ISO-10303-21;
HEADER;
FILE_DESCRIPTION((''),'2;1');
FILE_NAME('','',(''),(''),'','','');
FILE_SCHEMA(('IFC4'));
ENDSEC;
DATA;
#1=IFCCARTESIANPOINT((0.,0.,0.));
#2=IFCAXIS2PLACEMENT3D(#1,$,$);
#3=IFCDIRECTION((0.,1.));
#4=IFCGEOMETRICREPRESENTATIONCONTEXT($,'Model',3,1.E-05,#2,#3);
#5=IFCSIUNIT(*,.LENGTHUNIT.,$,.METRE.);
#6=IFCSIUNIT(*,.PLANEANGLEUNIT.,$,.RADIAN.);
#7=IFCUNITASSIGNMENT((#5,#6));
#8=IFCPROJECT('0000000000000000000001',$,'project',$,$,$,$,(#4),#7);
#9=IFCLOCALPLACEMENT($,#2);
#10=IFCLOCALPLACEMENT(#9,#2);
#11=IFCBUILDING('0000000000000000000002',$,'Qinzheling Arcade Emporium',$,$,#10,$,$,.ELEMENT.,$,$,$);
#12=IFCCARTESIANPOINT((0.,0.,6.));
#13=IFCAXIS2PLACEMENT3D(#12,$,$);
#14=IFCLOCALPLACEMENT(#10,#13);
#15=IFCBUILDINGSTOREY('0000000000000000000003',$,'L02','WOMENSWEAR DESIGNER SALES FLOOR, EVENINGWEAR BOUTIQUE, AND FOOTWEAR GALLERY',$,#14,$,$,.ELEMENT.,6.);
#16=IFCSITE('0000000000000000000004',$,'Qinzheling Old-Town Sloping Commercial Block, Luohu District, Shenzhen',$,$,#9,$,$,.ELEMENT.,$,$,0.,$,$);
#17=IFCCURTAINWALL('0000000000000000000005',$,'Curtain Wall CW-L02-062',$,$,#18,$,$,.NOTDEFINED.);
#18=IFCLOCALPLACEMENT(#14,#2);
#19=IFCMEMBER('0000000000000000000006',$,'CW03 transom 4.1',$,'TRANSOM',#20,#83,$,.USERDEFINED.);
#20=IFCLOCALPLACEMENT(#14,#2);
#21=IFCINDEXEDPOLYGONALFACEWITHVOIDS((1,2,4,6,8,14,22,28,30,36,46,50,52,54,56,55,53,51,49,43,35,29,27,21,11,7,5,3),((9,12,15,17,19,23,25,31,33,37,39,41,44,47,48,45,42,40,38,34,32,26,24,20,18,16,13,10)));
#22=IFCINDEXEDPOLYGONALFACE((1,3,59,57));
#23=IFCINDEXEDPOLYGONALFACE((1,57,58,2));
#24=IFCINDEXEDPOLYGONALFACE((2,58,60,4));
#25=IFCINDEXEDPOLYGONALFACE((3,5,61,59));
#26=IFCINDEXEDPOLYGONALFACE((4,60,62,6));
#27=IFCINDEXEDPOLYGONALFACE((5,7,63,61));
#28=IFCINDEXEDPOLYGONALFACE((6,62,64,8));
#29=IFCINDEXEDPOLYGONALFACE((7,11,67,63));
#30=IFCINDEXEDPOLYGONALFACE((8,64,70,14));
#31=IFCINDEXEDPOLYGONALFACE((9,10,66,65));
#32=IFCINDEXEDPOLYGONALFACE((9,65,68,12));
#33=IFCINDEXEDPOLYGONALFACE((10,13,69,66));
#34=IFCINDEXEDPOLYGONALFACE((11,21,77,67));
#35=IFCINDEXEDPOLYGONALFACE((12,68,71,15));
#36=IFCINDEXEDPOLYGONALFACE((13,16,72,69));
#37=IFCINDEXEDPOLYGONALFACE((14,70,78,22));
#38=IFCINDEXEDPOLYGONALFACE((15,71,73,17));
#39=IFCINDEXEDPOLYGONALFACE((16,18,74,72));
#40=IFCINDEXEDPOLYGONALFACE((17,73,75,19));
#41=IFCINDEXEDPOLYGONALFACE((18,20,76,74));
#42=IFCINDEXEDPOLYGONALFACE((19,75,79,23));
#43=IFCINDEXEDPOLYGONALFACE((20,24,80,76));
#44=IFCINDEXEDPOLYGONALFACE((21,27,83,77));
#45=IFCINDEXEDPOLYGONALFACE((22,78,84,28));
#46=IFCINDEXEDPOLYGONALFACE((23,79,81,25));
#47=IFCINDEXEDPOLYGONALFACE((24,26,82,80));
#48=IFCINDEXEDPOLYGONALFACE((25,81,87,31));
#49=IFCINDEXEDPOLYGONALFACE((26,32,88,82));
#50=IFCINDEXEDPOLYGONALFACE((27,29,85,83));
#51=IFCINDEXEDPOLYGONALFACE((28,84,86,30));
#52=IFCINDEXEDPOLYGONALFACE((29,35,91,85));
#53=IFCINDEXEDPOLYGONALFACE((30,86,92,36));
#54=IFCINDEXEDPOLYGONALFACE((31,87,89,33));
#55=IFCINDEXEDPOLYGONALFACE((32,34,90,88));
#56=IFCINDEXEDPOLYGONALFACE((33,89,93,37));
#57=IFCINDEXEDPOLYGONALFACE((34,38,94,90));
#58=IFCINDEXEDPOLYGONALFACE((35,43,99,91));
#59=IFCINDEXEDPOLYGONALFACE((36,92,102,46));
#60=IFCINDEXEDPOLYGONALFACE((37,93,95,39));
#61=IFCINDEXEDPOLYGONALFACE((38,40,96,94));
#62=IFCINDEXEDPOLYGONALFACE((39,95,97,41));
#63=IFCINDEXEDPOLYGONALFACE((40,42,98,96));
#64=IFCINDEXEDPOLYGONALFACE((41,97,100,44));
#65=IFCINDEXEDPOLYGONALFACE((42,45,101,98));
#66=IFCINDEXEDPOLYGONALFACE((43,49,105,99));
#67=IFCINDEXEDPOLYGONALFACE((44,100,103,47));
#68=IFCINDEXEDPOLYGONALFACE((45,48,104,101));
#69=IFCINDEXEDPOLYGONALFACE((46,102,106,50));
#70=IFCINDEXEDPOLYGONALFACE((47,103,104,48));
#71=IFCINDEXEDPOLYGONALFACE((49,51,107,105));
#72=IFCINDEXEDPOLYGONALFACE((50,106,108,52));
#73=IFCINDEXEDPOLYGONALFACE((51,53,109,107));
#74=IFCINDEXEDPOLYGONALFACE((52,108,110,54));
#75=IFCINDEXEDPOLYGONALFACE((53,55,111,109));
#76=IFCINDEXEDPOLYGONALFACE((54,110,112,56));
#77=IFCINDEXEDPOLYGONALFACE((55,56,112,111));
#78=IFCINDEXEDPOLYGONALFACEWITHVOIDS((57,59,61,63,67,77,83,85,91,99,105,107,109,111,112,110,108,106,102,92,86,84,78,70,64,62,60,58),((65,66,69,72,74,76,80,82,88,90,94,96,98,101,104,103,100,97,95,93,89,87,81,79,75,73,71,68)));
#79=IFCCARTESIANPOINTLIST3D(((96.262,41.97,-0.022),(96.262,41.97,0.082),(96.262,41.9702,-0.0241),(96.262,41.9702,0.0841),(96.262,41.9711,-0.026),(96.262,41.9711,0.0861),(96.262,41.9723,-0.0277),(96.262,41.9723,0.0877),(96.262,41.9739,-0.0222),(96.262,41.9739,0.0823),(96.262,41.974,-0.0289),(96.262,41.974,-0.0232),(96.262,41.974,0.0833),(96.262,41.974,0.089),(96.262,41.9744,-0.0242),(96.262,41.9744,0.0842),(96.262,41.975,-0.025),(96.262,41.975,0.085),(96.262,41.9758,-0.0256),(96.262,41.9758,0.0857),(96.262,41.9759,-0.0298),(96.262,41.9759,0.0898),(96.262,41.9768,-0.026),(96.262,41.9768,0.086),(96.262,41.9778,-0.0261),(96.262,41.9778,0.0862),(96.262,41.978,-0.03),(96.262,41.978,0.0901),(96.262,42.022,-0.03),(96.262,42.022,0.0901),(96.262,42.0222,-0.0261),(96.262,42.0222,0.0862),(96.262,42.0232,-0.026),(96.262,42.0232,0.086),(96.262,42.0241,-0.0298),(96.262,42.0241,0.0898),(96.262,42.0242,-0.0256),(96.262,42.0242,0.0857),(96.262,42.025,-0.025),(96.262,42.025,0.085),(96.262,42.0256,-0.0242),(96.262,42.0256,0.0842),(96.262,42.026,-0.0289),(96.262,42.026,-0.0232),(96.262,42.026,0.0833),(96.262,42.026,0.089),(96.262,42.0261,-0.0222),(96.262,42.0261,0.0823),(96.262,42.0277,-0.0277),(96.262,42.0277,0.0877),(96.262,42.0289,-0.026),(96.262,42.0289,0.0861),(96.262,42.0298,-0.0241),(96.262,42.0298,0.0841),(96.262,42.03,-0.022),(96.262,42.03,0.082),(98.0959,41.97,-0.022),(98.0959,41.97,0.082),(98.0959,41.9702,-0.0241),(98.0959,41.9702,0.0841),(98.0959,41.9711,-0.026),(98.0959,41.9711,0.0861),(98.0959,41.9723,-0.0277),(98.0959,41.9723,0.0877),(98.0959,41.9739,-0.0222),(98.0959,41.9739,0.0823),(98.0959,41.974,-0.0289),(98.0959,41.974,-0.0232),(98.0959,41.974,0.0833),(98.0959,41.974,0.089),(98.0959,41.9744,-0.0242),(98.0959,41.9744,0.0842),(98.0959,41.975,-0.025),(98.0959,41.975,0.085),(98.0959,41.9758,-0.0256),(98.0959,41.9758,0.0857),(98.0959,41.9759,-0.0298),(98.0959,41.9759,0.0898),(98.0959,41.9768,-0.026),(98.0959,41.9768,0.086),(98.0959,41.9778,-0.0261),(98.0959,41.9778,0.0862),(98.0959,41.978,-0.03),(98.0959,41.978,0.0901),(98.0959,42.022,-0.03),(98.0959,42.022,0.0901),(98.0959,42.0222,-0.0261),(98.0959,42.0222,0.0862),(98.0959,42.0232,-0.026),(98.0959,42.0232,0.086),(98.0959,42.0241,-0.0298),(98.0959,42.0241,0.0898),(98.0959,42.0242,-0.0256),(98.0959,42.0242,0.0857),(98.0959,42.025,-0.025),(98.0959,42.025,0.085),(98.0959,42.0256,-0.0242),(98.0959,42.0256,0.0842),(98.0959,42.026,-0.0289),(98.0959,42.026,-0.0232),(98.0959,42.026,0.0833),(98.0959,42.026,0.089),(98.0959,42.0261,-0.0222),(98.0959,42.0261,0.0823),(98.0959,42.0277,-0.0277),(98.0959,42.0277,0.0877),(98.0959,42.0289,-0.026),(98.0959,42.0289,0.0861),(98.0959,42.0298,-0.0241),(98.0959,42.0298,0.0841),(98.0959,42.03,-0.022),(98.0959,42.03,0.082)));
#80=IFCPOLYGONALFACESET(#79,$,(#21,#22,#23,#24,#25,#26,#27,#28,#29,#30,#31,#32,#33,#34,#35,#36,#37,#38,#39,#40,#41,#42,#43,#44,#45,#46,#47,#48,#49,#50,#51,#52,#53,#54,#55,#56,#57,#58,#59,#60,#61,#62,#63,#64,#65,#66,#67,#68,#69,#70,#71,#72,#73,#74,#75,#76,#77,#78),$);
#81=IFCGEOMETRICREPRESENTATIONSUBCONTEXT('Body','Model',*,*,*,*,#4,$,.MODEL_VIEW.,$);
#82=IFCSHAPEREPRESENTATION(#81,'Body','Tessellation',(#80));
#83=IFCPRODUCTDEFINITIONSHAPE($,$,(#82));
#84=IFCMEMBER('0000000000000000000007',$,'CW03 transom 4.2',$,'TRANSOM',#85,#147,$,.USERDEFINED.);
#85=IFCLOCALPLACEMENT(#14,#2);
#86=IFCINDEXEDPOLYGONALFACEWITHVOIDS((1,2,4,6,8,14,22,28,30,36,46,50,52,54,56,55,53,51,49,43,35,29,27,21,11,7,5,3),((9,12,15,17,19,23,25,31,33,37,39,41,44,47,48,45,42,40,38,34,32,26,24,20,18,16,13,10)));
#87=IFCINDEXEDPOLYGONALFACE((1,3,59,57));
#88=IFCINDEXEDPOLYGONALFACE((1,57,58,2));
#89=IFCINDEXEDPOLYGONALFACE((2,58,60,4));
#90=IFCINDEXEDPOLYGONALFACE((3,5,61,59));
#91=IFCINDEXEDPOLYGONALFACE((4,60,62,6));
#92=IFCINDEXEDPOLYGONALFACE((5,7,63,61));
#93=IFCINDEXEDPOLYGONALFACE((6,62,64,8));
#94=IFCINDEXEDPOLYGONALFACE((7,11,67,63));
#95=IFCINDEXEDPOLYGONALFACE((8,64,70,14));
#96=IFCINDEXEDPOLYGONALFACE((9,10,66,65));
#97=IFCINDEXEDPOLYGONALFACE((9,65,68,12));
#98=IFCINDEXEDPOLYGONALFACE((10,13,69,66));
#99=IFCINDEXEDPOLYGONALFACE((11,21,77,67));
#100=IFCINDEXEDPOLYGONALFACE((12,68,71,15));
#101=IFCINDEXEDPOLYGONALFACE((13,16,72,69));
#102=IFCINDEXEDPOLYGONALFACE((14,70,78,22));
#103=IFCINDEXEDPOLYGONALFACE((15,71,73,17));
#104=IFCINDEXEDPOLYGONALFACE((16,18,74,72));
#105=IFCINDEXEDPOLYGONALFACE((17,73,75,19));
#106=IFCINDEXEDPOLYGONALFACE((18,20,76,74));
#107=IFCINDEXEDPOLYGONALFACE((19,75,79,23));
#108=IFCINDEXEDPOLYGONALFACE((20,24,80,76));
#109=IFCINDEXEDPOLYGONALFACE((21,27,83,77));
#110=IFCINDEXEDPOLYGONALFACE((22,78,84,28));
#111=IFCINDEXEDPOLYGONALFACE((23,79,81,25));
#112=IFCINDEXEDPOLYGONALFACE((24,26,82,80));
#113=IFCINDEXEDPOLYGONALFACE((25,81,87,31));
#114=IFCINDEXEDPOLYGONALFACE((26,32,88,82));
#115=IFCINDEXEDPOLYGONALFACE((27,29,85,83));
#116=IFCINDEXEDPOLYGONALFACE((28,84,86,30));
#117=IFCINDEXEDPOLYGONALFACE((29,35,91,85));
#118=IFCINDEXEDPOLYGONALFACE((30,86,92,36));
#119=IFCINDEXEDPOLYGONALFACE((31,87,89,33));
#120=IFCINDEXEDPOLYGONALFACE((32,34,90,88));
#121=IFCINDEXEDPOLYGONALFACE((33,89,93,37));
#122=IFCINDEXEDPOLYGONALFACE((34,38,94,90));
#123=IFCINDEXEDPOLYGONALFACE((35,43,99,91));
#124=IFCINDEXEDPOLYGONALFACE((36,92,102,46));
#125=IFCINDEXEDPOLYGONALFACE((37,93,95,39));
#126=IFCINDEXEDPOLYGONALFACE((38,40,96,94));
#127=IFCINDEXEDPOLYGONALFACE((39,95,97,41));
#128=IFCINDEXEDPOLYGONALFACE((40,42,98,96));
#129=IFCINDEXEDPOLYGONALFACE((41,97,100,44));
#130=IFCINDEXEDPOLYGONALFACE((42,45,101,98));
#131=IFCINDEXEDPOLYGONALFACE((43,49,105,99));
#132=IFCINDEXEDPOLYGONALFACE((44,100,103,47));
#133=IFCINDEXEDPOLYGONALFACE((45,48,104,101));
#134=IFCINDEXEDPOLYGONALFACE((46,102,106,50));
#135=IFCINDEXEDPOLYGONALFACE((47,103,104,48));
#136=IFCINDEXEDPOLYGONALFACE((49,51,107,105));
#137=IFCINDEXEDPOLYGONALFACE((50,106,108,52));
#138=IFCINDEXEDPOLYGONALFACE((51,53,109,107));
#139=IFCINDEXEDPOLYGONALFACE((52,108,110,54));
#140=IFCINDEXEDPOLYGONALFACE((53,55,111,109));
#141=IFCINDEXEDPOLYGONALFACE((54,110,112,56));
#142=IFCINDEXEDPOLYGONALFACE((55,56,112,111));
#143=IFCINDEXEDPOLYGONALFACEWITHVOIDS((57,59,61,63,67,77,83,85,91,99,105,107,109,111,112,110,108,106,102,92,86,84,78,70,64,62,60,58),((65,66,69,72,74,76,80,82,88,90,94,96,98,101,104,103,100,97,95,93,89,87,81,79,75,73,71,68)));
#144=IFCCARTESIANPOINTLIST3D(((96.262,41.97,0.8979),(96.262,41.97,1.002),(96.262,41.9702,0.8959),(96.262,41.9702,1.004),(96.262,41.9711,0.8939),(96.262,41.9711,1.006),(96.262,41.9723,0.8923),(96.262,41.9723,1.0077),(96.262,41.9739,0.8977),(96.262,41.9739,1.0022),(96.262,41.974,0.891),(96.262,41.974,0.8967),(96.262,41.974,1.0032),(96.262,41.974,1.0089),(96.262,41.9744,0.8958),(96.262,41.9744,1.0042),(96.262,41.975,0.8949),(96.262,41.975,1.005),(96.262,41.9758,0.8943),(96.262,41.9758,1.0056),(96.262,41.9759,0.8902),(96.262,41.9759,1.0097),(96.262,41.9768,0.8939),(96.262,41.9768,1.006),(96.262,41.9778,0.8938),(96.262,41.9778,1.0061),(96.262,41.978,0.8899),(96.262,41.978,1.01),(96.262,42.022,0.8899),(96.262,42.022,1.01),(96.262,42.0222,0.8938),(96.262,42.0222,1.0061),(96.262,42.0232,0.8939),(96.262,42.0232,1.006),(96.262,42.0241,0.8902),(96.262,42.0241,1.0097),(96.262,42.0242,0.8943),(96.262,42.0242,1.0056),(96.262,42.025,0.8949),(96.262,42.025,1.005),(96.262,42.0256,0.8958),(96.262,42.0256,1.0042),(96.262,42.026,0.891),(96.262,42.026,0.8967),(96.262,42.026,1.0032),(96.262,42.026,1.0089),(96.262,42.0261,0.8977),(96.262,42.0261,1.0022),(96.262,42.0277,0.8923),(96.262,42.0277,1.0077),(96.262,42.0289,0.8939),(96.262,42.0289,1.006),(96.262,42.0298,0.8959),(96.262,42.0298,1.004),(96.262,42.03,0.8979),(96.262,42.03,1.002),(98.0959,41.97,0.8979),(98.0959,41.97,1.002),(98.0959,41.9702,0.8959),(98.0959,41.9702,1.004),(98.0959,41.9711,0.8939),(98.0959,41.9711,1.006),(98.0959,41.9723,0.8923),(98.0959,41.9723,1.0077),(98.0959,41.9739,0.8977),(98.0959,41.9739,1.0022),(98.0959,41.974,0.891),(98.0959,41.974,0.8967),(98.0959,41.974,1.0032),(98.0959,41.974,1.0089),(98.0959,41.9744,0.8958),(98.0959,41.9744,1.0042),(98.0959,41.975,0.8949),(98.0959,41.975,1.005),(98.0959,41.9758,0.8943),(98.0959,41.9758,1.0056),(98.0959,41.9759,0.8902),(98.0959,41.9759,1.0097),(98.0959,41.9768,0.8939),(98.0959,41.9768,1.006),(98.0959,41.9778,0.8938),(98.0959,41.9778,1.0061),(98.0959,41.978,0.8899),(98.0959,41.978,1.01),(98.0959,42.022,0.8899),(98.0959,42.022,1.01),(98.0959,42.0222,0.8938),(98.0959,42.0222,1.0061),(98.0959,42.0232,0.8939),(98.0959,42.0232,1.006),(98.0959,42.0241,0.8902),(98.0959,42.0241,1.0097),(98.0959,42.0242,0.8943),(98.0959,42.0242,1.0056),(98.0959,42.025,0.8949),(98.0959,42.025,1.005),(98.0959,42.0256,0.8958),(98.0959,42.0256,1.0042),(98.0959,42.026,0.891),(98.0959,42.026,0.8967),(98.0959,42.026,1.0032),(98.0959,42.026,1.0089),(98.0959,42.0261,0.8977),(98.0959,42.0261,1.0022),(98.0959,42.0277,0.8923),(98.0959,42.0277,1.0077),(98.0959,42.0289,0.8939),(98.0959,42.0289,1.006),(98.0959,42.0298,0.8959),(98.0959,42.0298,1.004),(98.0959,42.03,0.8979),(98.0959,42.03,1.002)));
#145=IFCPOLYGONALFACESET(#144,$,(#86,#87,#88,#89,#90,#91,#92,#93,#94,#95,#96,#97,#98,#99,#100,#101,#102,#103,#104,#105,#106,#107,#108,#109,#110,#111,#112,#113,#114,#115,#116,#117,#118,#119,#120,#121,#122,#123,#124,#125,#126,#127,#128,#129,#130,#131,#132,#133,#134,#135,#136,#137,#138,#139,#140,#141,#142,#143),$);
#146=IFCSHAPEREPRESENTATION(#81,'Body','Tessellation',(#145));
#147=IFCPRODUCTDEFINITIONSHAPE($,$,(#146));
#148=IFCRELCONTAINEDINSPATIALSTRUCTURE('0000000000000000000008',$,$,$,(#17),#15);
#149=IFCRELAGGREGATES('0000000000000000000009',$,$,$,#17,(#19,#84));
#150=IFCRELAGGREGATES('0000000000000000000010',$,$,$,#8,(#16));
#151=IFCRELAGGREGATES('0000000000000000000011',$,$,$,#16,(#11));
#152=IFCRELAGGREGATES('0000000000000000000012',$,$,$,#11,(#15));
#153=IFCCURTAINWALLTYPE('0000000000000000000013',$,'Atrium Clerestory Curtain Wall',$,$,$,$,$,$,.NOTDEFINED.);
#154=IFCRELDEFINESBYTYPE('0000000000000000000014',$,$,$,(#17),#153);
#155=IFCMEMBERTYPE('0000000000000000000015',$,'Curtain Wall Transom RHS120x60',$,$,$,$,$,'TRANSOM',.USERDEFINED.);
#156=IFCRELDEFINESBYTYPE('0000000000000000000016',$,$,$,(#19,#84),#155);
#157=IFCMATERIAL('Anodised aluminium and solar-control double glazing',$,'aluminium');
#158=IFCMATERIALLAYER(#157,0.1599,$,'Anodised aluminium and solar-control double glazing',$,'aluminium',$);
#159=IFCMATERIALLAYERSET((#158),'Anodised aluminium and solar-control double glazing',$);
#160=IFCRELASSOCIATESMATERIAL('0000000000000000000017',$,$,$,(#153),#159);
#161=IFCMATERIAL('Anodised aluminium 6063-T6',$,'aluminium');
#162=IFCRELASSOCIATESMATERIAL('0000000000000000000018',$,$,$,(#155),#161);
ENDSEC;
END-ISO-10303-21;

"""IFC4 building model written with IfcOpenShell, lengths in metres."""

from ifc_helpers import new_model, si_unit, direction, frame, origin, origin_2d, place, context, subcontext, project, spatial, hollow_rectangle, extrude, material, layer, layer_set, material_profile, profile_set, type_object, element, aggregate, save


model = new_model("IFC4")

# Units and contexts
model_context = context("Model", 3, precision=1e-05, world=origin(), true_north=direction((0.0, 1.0)))
body_context = subcontext(model_context, "Body", "Model", "MODEL_VIEW")
ifc_project = project(units=[si_unit("LENGTHUNIT", "METRE"), si_unit("PLANEANGLEUNIT", "RADIAN")], contexts=[model_context])

# Site, building, storey
site_placement = place(None, origin())
site = spatial("IfcSite", under=ifc_project, at=site_placement, Name="Qinzheling Old-Town Sloping Commercial Block, Luohu District, Shenzhen", CompositionType="ELEMENT", RefElevation=0.0)
building_placement = place(site_placement, origin())
building = spatial("IfcBuilding", under=site, at=building_placement, Name="Qinzheling Arcade Emporium", CompositionType="ELEMENT")
storey_placement = place(building_placement, frame((0.0, 0.0, 6.0)))
storey = spatial("IfcBuildingStorey", under=building, at=storey_placement, Name="L02", Description="WOMENSWEAR DESIGNER SALES FLOOR, EVENINGWEAR BOUTIQUE, AND FOOTWEAR GALLERY", CompositionType="ELEMENT", Elevation=6.0)

# Curtain wall, members
ifc_material_1 = material(Name="Anodised aluminium and solar-control double glazing", Category="aluminium")
ifc_layer_1 = layer(ifc_material_1, 0.1599, Name="Anodised aluminium and solar-control double glazing", Category="aluminium")
ifc_layer_set_1 = layer_set([ifc_layer_1], Name="Anodised aluminium and solar-control double glazing")
curtain_wall_type = type_object("IfcCurtainWallType", Name="Atrium Clerestory Curtain Wall", PredefinedType="NOTDEFINED", material=ifc_layer_set_1)
curtain_wall_placement = place(storey_placement, origin())
curtain_wall = element("IfcCurtainWall", 1, at=curtain_wall_placement, inside=storey, type_object=curtain_wall_type, Name="Curtain Wall CW-L02-062", PredefinedType="NOTDEFINED")
ifc_material_2 = material(Name="Anodised aluminium 6063-T6", Category="aluminium")
ifc_material_profile_1 = material_profile(ifc_material_2, hollow_rectangle(XDim=0.0601, YDim=0.1201, WallThickness=0.0039, InnerFilletRadius=0.0039, OuterFilletRadius=0.0081, at=origin_2d()), Name="RHS 120x60x4", Category="aluminium")
ifc_profile_set_1 = profile_set([ifc_material_profile_1], Name="Anodised aluminium 6063-T6")
member_type_1 = type_object("IfcMemberType", Name="Curtain Wall Transom RHS120x60", ElementType="TRANSOM", PredefinedType="USERDEFINED", material=ifc_profile_set_1)
member_1_placement = place(storey_placement, frame((98.0959, 42.0, 0.03), z_axis=(-1.0, 0.0, 0.0), x_axis=(0.0, -1.0, 0.0)))
member_1 = element("IfcMember", 2, at=member_1_placement, type_object=member_type_1, Name="CW03 transom 4.1", ObjectType="TRANSOM", PredefinedType="USERDEFINED", context=body_context, shape_type="SweptSolid", body=[
    extrude(hollow_rectangle(XDim=0.0601, YDim=0.1201, WallThickness=0.0039, InnerFilletRadius=0.0039, OuterFilletRadius=0.0081, at=origin_2d()), origin(), (0.0, 0.0, 1.0), 1.834),
])
member_2_placement = place(storey_placement, frame((98.0959, 42.0, 0.95), z_axis=(-1.0, 0.0, 0.0), x_axis=(0.0, -1.0, 0.0)))
member_2 = element("IfcMember", 3, at=member_2_placement, type_object=member_type_1, Name="CW03 transom 4.2", ObjectType="TRANSOM", PredefinedType="USERDEFINED", context=body_context, shape_type="SweptSolid", body=[
    extrude(hollow_rectangle(XDim=0.0601, YDim=0.1201, WallThickness=0.0039, InnerFilletRadius=0.0039, OuterFilletRadius=0.0081, at=origin_2d()), origin(), (0.0, 0.0, 1.0), 1.834),
])

aggregate(curtain_wall, [member_1, member_2])

save(model, "model.ifc")
